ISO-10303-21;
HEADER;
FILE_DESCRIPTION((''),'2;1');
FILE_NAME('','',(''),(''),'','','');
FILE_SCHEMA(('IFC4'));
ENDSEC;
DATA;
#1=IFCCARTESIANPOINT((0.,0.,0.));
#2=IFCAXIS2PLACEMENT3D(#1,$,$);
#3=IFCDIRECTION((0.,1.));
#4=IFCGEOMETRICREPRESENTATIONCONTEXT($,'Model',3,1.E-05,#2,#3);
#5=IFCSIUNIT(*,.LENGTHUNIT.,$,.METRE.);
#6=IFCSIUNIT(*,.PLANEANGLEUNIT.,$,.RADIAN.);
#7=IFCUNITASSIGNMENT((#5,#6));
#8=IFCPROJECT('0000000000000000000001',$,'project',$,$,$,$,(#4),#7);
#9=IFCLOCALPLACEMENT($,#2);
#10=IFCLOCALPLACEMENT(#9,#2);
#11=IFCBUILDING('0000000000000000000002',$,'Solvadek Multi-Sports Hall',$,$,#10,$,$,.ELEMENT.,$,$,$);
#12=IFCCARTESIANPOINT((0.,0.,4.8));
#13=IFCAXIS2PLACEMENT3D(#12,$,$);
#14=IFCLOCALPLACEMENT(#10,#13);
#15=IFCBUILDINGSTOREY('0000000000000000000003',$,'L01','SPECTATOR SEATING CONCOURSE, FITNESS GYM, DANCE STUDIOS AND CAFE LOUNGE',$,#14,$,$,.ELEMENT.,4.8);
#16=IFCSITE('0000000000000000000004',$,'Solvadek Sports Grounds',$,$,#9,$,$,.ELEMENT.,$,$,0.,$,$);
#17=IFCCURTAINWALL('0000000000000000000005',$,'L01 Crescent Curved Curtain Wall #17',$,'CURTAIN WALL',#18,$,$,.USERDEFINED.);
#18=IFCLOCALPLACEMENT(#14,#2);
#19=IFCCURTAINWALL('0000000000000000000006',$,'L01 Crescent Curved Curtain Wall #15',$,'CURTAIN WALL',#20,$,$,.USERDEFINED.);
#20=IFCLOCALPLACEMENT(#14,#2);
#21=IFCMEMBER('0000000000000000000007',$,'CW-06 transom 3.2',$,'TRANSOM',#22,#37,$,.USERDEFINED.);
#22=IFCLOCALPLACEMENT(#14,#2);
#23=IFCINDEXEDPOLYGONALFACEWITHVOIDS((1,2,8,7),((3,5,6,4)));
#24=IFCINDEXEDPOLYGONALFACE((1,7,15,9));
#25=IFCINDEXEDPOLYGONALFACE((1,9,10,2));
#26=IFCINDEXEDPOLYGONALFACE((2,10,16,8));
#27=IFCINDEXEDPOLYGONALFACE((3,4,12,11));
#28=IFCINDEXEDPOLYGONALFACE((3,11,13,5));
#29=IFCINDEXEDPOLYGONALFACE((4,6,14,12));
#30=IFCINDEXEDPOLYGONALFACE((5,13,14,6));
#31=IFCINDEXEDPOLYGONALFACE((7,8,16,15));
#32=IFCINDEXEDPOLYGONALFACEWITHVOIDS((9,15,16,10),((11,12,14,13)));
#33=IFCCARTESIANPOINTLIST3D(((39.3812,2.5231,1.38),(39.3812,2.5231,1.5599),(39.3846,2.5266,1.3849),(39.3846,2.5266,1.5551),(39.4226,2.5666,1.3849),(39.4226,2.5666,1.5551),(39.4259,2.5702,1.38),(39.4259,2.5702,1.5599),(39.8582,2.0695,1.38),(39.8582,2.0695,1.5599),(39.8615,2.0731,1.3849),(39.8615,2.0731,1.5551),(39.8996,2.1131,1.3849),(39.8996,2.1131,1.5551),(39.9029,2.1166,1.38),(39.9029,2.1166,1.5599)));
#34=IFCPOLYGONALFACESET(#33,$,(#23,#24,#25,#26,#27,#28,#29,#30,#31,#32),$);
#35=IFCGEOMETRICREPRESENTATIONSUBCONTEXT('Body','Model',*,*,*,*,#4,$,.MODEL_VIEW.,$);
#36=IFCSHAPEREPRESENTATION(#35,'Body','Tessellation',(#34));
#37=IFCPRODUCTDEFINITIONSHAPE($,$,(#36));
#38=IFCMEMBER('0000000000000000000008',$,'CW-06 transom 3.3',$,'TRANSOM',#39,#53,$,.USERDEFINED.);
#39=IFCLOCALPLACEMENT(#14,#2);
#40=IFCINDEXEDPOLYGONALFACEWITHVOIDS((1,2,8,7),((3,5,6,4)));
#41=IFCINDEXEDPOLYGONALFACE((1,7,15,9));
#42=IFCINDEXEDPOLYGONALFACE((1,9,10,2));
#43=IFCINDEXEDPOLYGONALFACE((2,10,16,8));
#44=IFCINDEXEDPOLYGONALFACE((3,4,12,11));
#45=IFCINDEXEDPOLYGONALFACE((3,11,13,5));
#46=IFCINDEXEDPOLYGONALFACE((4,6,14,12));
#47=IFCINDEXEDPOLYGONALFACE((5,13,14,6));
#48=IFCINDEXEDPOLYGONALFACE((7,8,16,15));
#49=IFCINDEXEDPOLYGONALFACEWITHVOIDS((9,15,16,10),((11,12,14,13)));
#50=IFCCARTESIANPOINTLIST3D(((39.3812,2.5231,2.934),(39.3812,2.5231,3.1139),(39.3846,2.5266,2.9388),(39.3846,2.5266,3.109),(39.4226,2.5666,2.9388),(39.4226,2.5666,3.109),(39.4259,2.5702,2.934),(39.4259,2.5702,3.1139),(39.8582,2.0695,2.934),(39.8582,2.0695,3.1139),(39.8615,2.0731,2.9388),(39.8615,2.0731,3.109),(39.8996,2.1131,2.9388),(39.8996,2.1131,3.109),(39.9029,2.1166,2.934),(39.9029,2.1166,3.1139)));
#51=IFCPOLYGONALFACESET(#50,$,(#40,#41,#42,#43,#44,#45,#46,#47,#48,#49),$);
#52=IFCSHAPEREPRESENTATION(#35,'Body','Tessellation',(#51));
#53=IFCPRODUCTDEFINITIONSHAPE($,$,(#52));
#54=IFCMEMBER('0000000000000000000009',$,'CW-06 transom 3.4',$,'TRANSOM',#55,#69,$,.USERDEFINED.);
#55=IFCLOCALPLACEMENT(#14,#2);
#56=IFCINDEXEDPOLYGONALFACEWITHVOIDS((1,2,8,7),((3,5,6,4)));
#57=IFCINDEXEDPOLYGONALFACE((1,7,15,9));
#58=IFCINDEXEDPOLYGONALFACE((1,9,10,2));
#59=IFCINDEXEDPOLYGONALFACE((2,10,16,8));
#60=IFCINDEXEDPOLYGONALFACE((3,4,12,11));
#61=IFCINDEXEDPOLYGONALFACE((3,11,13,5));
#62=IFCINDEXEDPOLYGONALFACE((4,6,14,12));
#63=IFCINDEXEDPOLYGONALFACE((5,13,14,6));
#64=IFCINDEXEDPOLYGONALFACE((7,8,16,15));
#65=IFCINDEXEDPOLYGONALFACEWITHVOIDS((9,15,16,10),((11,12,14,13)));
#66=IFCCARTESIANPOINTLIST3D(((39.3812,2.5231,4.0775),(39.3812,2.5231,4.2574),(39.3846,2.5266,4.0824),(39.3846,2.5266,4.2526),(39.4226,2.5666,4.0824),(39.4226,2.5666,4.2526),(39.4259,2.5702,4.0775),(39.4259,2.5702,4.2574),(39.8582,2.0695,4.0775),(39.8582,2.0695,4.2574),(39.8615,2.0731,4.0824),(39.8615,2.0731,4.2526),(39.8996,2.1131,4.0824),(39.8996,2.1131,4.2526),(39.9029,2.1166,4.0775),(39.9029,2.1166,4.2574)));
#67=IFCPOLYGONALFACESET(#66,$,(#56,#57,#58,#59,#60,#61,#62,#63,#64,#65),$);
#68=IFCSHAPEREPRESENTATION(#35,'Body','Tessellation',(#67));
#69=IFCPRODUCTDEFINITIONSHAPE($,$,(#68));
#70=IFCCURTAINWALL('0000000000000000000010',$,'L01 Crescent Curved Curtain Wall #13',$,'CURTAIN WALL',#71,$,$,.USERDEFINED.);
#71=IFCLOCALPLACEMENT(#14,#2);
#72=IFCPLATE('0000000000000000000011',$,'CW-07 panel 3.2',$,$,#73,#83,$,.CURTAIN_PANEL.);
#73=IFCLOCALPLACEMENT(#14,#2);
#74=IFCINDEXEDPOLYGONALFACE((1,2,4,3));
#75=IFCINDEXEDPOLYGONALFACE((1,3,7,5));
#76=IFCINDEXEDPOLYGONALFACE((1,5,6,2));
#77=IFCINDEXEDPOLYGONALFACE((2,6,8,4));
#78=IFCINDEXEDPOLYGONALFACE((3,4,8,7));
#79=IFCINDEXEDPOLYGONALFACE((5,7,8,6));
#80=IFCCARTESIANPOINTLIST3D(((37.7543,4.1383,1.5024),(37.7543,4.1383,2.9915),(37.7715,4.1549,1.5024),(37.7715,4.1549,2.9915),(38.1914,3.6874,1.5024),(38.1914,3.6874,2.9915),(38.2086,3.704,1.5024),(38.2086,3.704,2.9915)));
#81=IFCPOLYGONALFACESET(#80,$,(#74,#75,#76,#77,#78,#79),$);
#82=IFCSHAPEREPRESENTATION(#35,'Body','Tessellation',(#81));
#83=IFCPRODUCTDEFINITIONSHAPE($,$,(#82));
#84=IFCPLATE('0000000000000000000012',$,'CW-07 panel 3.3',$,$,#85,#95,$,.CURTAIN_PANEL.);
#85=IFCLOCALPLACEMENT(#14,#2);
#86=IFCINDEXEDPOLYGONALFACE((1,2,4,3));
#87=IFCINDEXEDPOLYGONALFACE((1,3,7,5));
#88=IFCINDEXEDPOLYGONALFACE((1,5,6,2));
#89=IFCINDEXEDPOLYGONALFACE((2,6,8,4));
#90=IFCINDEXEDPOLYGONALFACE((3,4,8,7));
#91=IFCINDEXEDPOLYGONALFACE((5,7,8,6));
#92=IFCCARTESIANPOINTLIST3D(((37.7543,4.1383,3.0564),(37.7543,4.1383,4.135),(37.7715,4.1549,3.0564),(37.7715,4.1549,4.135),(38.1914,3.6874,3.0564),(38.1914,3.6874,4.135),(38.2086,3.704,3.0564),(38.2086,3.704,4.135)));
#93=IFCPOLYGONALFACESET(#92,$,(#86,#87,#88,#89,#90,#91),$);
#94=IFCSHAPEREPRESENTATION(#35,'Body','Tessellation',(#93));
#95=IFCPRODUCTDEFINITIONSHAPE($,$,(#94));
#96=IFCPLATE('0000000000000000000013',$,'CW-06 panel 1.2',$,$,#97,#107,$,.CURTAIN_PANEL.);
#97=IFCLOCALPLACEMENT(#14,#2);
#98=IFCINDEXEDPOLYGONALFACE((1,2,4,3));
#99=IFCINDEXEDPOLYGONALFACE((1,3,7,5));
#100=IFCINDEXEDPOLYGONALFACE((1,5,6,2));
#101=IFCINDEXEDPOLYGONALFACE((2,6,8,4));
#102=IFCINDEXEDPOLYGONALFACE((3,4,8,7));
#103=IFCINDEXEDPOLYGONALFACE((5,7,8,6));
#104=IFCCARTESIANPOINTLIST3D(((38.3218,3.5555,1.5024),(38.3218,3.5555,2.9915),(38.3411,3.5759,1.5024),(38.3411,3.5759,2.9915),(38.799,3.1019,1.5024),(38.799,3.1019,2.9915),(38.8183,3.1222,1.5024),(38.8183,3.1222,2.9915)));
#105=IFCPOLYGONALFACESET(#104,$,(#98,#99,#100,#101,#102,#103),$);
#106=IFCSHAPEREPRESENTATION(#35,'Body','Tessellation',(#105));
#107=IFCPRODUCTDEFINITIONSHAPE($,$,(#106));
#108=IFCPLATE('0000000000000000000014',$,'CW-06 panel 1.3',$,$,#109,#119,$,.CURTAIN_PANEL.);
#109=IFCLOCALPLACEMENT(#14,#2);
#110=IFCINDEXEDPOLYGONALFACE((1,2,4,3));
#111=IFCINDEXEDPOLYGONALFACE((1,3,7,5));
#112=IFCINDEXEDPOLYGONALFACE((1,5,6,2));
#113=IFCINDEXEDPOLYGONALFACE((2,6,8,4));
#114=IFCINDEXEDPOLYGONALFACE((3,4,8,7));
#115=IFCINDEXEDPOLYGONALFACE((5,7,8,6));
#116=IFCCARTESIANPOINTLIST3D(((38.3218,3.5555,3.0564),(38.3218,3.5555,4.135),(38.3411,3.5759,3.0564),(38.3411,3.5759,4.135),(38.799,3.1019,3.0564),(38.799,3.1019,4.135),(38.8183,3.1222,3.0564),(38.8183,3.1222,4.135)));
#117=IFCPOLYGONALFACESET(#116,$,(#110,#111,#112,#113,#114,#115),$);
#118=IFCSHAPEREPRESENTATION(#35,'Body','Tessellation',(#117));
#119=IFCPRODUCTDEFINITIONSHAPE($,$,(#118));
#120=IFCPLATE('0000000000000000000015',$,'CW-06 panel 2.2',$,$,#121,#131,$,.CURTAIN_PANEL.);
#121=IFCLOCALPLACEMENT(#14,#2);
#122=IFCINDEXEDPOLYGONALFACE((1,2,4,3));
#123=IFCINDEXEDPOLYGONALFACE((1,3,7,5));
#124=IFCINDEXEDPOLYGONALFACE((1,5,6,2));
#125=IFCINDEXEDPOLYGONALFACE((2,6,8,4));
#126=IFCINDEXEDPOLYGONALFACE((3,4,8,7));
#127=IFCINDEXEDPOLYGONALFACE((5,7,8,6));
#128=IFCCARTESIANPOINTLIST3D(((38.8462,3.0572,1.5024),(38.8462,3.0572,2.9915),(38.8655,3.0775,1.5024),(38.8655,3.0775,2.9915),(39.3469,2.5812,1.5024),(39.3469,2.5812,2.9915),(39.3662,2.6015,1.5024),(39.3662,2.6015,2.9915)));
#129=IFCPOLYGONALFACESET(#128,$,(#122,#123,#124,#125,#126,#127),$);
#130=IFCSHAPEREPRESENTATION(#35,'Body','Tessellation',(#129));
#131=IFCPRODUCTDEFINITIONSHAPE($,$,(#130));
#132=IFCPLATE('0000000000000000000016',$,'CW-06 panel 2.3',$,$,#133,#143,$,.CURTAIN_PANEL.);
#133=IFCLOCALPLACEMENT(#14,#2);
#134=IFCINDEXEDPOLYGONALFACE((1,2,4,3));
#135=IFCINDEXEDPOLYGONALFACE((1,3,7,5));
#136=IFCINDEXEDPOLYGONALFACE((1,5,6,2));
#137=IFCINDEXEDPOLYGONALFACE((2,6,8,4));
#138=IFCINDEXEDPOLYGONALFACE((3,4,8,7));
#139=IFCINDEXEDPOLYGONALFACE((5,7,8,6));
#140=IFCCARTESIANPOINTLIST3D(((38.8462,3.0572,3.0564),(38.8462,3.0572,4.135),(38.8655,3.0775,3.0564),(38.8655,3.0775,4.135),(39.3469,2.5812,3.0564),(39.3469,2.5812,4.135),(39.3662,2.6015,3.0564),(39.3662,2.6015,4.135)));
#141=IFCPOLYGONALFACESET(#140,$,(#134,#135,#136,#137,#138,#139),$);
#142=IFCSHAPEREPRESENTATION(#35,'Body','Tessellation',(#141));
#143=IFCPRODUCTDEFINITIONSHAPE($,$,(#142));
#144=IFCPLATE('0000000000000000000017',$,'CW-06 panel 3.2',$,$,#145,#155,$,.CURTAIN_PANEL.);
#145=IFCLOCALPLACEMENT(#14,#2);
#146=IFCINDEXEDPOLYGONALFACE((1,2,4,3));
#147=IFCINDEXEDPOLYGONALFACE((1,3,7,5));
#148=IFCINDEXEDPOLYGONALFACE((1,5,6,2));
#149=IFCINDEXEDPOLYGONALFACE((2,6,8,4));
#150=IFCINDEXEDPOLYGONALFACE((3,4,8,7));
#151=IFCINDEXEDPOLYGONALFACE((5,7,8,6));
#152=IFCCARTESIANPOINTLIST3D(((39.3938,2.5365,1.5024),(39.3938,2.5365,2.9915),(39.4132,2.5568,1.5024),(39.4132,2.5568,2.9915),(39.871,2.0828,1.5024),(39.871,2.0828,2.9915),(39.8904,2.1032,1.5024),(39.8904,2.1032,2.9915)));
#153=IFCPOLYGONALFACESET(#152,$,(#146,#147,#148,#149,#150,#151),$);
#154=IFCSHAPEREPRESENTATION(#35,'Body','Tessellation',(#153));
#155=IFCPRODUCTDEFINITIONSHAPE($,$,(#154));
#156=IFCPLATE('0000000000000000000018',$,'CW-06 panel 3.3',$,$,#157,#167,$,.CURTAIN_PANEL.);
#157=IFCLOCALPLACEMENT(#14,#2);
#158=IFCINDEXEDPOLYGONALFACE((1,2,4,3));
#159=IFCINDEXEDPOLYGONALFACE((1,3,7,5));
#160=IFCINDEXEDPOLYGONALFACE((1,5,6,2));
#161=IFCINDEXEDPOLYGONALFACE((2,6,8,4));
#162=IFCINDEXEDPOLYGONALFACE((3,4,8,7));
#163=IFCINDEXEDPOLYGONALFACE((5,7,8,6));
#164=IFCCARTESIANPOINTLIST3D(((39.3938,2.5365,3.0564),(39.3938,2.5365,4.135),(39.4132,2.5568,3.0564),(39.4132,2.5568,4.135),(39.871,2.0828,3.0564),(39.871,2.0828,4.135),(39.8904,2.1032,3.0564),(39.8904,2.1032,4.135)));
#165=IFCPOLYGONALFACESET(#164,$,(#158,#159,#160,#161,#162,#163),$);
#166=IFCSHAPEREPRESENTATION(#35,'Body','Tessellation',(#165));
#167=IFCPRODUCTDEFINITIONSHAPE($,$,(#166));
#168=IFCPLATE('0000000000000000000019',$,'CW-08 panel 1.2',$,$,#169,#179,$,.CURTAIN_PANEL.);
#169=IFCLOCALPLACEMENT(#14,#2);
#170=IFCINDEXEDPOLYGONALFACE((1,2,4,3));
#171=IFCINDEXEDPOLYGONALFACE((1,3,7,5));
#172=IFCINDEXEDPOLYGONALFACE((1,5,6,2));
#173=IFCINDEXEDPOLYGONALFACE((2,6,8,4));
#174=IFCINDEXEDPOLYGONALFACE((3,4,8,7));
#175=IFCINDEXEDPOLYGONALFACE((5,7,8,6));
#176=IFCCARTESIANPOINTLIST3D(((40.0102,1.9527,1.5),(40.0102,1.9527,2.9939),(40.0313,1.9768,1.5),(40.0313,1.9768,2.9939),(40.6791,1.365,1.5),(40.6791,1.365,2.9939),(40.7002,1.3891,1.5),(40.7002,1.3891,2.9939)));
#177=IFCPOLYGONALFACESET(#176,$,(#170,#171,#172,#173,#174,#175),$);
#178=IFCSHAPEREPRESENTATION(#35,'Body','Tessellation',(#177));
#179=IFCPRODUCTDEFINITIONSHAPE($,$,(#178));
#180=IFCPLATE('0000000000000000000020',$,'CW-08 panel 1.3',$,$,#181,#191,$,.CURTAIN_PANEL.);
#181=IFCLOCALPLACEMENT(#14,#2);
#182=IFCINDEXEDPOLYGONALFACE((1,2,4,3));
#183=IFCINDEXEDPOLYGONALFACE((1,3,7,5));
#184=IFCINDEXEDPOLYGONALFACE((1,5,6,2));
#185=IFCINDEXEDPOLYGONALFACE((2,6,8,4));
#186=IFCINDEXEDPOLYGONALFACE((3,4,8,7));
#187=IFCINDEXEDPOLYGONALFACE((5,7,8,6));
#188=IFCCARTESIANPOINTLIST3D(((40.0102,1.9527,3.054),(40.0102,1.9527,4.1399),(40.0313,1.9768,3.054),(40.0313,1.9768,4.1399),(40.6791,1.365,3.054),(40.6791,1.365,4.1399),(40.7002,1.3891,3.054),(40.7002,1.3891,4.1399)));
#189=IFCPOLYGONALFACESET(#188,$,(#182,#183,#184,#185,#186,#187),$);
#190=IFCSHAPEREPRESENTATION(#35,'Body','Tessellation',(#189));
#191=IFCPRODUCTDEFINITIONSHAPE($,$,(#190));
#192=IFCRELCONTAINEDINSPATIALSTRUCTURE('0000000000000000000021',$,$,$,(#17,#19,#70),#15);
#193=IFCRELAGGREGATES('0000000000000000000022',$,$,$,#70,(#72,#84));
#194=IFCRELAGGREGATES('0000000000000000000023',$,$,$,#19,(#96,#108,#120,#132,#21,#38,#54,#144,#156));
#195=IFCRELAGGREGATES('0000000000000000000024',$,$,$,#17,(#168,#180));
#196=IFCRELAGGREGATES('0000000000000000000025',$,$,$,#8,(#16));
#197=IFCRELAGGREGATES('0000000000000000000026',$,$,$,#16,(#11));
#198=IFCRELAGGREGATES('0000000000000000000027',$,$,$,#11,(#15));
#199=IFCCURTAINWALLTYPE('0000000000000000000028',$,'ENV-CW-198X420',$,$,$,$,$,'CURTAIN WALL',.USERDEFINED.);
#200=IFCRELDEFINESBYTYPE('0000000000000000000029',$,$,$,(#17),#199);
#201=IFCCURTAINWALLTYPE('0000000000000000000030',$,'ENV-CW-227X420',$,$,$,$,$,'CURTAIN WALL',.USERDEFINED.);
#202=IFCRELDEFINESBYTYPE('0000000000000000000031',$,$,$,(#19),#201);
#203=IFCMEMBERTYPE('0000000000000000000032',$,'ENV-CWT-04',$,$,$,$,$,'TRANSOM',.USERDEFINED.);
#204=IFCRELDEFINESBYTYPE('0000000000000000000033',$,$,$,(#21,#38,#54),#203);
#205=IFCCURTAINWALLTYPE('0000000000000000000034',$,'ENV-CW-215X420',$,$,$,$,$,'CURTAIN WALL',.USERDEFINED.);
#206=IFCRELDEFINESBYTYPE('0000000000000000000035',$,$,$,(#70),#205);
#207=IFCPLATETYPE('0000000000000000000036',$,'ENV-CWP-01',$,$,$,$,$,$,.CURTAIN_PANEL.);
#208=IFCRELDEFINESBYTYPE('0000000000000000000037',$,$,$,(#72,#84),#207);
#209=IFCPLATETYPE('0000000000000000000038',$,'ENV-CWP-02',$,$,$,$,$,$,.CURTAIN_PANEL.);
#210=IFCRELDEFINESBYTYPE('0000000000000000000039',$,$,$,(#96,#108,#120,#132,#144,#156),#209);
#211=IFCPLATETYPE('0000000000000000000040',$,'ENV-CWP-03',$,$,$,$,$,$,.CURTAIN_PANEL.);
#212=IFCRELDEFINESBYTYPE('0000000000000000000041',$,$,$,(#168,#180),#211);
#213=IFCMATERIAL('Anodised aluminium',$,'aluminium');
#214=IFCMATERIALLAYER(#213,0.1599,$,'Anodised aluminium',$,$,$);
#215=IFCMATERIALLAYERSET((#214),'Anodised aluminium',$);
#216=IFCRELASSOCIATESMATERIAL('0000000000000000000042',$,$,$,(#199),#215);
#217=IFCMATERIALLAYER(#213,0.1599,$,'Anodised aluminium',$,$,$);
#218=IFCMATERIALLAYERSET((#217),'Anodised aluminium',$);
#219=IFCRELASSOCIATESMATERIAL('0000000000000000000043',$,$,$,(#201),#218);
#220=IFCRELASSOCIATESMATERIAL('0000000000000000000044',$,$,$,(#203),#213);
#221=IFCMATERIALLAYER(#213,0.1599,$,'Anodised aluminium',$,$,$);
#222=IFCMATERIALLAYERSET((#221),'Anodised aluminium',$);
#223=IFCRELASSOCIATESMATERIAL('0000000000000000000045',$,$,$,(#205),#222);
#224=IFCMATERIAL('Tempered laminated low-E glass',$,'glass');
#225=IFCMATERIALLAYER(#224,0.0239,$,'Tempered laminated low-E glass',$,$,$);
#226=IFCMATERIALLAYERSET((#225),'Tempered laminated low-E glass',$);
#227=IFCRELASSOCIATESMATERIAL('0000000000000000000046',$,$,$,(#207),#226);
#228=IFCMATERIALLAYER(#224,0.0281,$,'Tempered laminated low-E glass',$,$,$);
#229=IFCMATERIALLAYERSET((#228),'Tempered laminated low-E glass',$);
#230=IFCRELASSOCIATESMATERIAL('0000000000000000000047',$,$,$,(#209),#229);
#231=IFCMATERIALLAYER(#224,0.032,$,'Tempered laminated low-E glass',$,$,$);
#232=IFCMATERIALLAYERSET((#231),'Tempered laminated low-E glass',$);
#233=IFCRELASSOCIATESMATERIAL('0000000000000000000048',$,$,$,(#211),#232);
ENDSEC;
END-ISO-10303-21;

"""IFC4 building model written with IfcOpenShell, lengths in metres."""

from ifc_helpers import new_model, si_unit, direction, frame, origin, origin_2d, place, context, subcontext, project, spatial, rectangle, hollow_rectangle, extrude, material, layer, layer_set, material_profile, profile_set, type_object, element, aggregate, save


model = new_model("IFC4")

# Units and contexts
model_context = context("Model", 3, precision=1e-05, world=origin(), true_north=direction((0.0, 1.0)))
body_context = subcontext(model_context, "Body", "Model", "MODEL_VIEW")
ifc_project = project(units=[si_unit("LENGTHUNIT", "METRE"), si_unit("PLANEANGLEUNIT", "RADIAN")], contexts=[model_context])

# Site, building, storey
site_placement = place(None, origin())
site = spatial("IfcSite", under=ifc_project, at=site_placement, Name="Solvadek Sports Grounds", CompositionType="ELEMENT", RefElevation=0.0)
building_placement = place(site_placement, origin())
building = spatial("IfcBuilding", under=site, at=building_placement, Name="Solvadek Multi-Sports Hall", CompositionType="ELEMENT")
storey_placement = place(building_placement, frame((0.0, 0.0, 4.8)))
storey = spatial("IfcBuildingStorey", under=building, at=storey_placement, Name="L01", Description="SPECTATOR SEATING CONCOURSE, FITNESS GYM, DANCE STUDIOS AND CAFE LOUNGE", CompositionType="ELEMENT", Elevation=4.8)

# Curtain walls, members
ifc_material_1 = material(Name="Anodised aluminium", Category="aluminium")
ifc_layer_1 = layer(ifc_material_1, 0.1599, Name="Anodised aluminium")
ifc_layer_set_1 = layer_set([ifc_layer_1], Name="Anodised aluminium")
curtain_wall_type_1 = type_object("IfcCurtainWallType", Name="ENV-CW-198X420", ElementType="CURTAIN WALL", PredefinedType="USERDEFINED", material=ifc_layer_set_1)
curtain_wall_1_placement = place(storey_placement, origin())
curtain_wall_1 = element("IfcCurtainWall", 1, at=curtain_wall_1_placement, inside=storey, type_object=curtain_wall_type_1, Name="L01 Crescent Curved Curtain Wall #17", ObjectType="CURTAIN WALL", PredefinedType="USERDEFINED")
ifc_layer_2 = layer(ifc_material_1, 0.1599, Name="Anodised aluminium")
ifc_layer_set_2 = layer_set([ifc_layer_2], Name="Anodised aluminium")
curtain_wall_type_2 = type_object("IfcCurtainWallType", Name="ENV-CW-227X420", ElementType="CURTAIN WALL", PredefinedType="USERDEFINED", material=ifc_layer_set_2)
curtain_wall_2_placement = place(storey_placement, origin())
curtain_wall_2 = element("IfcCurtainWall", 2, at=curtain_wall_2_placement, inside=storey, type_object=curtain_wall_type_2, Name="L01 Crescent Curved Curtain Wall #15", ObjectType="CURTAIN WALL", PredefinedType="USERDEFINED")
ifc_material_profile_1 = material_profile(ifc_material_1, hollow_rectangle(XDim=0.0649, YDim=0.1799, WallThickness=0.0049, at=origin_2d()), Name="ALU-T 180x65x5")
ifc_profile_set_1 = profile_set([ifc_material_profile_1], Name="Anodised aluminium")
member_type_1 = type_object("IfcMemberType", Name="ENV-CWT-04", ElementType="TRANSOM", PredefinedType="USERDEFINED", material=ifc_profile_set_1)
member_1_placement = place(storey_placement, frame((39.4036, 2.5466, 1.47), z_axis=(0.724685, -0.689081, 0.0), x_axis=(0.689081, 0.724685, 0.0)))
member_1 = element("IfcMember", 3, at=member_1_placement, type_object=member_type_1, Name="CW-06 transom 3.2", ObjectType="TRANSOM", PredefinedType="USERDEFINED", context=body_context, shape_type="SweptSolid", body=[
    extrude(hollow_rectangle(XDim=0.0649, YDim=0.1799, WallThickness=0.0049, at=origin_2d()), origin(), (0.0, 0.0, 1.0), 0.6582),
])
member_2_placement = place(storey_placement, frame((39.4036, 2.5466, 3.0239), z_axis=(0.724685, -0.689081, 0.0), x_axis=(0.689081, 0.724685, 0.0)))
member_2 = element("IfcMember", 4, at=member_2_placement, type_object=member_type_1, Name="CW-06 transom 3.3", ObjectType="TRANSOM", PredefinedType="USERDEFINED", context=body_context, shape_type="SweptSolid", body=[
    extrude(hollow_rectangle(XDim=0.0649, YDim=0.1799, WallThickness=0.0049, at=origin_2d()), origin(), (0.0, 0.0, 1.0), 0.6582),
])
member_3_placement = place(storey_placement, frame((39.4036, 2.5466, 4.1675), z_axis=(0.724685, -0.689081, 0.0), x_axis=(0.689081, 0.724685, 0.0)))
member_3 = element("IfcMember", 5, at=member_3_placement, type_object=member_type_1, Name="CW-06 transom 3.4", ObjectType="TRANSOM", PredefinedType="USERDEFINED", context=body_context, shape_type="SweptSolid", body=[
    extrude(hollow_rectangle(XDim=0.0649, YDim=0.1799, WallThickness=0.0049, at=origin_2d()), origin(), (0.0, 0.0, 1.0), 0.6582),
])

# Curtain wall, plates
ifc_layer_3 = layer(ifc_material_1, 0.1599, Name="Anodised aluminium")
ifc_layer_set_3 = layer_set([ifc_layer_3], Name="Anodised aluminium")
curtain_wall_type_3 = type_object("IfcCurtainWallType", Name="ENV-CW-215X420", ElementType="CURTAIN WALL", PredefinedType="USERDEFINED", material=ifc_layer_set_3)
curtain_wall_3_placement = place(storey_placement, origin())
curtain_wall_3 = element("IfcCurtainWall", 6, at=curtain_wall_3_placement, inside=storey, type_object=curtain_wall_type_3, Name="L01 Crescent Curved Curtain Wall #13", ObjectType="CURTAIN WALL", PredefinedType="USERDEFINED")
ifc_material_2 = material(Name="Tempered laminated low-E glass", Category="glass")
ifc_layer_4 = layer(ifc_material_2, 0.0239, Name="Tempered laminated low-E glass")
ifc_layer_set_4 = layer_set([ifc_layer_4], Name="Tempered laminated low-E glass")
plate_type_1 = type_object("IfcPlateType", Name="ENV-CWP-01", PredefinedType="CURTAIN_PANEL", material=ifc_layer_set_4)
plate_1_placement = place(storey_placement, frame((37.9814, 3.9211, 1.5024), z_axis=(0.0, 0.0, 1.0), x_axis=(0.695994, -0.718048, 0.0)))
plate_1 = element("IfcPlate", 7, at=plate_1_placement, type_object=plate_type_1, Name="CW-07 panel 3.2", PredefinedType="CURTAIN_PANEL", context=body_context, shape_type="SweptSolid", body=[
    extrude(rectangle(XDim=0.6279, YDim=0.0239, at=origin_2d()), origin(), (0.0, 0.0, 1.0), 1.489),
])
plate_2_placement = place(storey_placement, frame((37.9814, 3.9211, 3.0564), z_axis=(0.0, 0.0, 1.0), x_axis=(0.695994, -0.718048, 0.0)))
plate_2 = element("IfcPlate", 8, at=plate_2_placement, type_object=plate_type_1, Name="CW-07 panel 3.3", PredefinedType="CURTAIN_PANEL", context=body_context, shape_type="SweptSolid", body=[
    extrude(rectangle(XDim=0.6279, YDim=0.0239, at=origin_2d()), origin(), (0.0, 0.0, 1.0), 1.0786),
])
aggregate(curtain_wall_3, [plate_1, plate_2])

# Plates
ifc_layer_5 = layer(ifc_material_2, 0.0281, Name="Tempered laminated low-E glass")
ifc_layer_set_5 = layer_set([ifc_layer_5], Name="Tempered laminated low-E glass")
plate_type_2 = type_object("IfcPlateType", Name="ENV-CWP-02", PredefinedType="CURTAIN_PANEL", material=ifc_layer_set_5)
plate_3_placement = place(storey_placement, frame((38.5701, 3.3389, 1.5024), z_axis=(0.0, 0.0, 1.0), x_axis=(0.724764, -0.688997, 0.0)))
plate_3 = element("IfcPlate", 9, at=plate_3_placement, type_object=plate_type_2, Name="CW-06 panel 1.2", PredefinedType="CURTAIN_PANEL", context=body_context, shape_type="SweptSolid", body=[
    extrude(rectangle(XDim=0.6584, YDim=0.0281, at=origin_2d()), origin(), (0.0, 0.0, 1.0), 1.489),
])
plate_4_placement = place(storey_placement, frame((38.5701, 3.3389, 3.0564), z_axis=(0.0, 0.0, 1.0), x_axis=(0.724764, -0.688997, 0.0)))
plate_4 = element("IfcPlate", 10, at=plate_4_placement, type_object=plate_type_2, Name="CW-06 panel 1.3", PredefinedType="CURTAIN_PANEL", context=body_context, shape_type="SweptSolid", body=[
    extrude(rectangle(XDim=0.6584, YDim=0.0281, at=origin_2d()), origin(), (0.0, 0.0, 1.0), 1.0786),
])
plate_5_placement = place(storey_placement, frame((39.1062, 2.8293, 1.5024), z_axis=(0.0, 0.0, 1.0), x_axis=(0.724764, -0.688997, 0.0)))
plate_5 = element("IfcPlate", 11, at=plate_5_placement, type_object=plate_type_2, Name="CW-06 panel 2.2", PredefinedType="CURTAIN_PANEL", context=body_context, shape_type="SweptSolid", body=[
    extrude(rectangle(XDim=0.6909, YDim=0.0281, at=origin_2d()), origin(), (0.0, 0.0, 1.0), 1.489),
])
plate_6_placement = place(storey_placement, frame((39.1062, 2.8293, 3.0564), z_axis=(0.0, 0.0, 1.0), x_axis=(0.724764, -0.688997, 0.0)))
plate_6 = element("IfcPlate", 12, at=plate_6_placement, type_object=plate_type_2, Name="CW-06 panel 2.3", PredefinedType="CURTAIN_PANEL", context=body_context, shape_type="SweptSolid", body=[
    extrude(rectangle(XDim=0.6909, YDim=0.0281, at=origin_2d()), origin(), (0.0, 0.0, 1.0), 1.0786),
])
plate_7_placement = place(storey_placement, frame((39.6421, 2.3198, 1.5024), z_axis=(0.0, 0.0, 1.0), x_axis=(0.724764, -0.688997, 0.0)))
plate_7 = element("IfcPlate", 13, at=plate_7_placement, type_object=plate_type_2, Name="CW-06 panel 3.2", PredefinedType="CURTAIN_PANEL", context=body_context, shape_type="SweptSolid", body=[
    extrude(rectangle(XDim=0.6584, YDim=0.0281, at=origin_2d()), origin(), (0.0, 0.0, 1.0), 1.489),
])
plate_8_placement = place(storey_placement, frame((39.6421, 2.3198, 3.0564), z_axis=(0.0, 0.0, 1.0), x_axis=(0.724764, -0.688997, 0.0)))
plate_8 = element("IfcPlate", 14, at=plate_8_placement, type_object=plate_type_2, Name="CW-06 panel 3.3", PredefinedType="CURTAIN_PANEL", context=body_context, shape_type="SweptSolid", body=[
    extrude(rectangle(XDim=0.6584, YDim=0.0281, at=origin_2d()), origin(), (0.0, 0.0, 1.0), 1.0786),
])
aggregate(curtain_wall_2, [plate_3, plate_4, plate_5, plate_6, member_1, member_2, member_3, plate_7, plate_8])
ifc_layer_6 = layer(ifc_material_2, 0.032, Name="Tempered laminated low-E glass")
ifc_layer_set_6 = layer_set([ifc_layer_6], Name="Tempered laminated low-E glass")
plate_type_3 = type_object("IfcPlateType", Name="ENV-CWP-03", PredefinedType="CURTAIN_PANEL", material=ifc_layer_set_6)
plate_9_placement = place(storey_placement, frame((40.3552, 1.6709, 1.5), z_axis=(0.0, 0.0, 1.0), x_axis=(0.751217, -0.660055, 0.0)))
plate_9 = element("IfcPlate", 15, at=plate_9_placement, type_object=plate_type_3, Name="CW-08 panel 1.2", PredefinedType="CURTAIN_PANEL", context=body_context, shape_type="SweptSolid", body=[
    extrude(rectangle(XDim=0.8904, YDim=0.032, at=origin_2d()), origin(), (0.0, 0.0, 1.0), 1.4939),
])
plate_10_placement = place(storey_placement, frame((40.3552, 1.6709, 3.054), z_axis=(0.0, 0.0, 1.0), x_axis=(0.751217, -0.660055, 0.0)))
plate_10 = element("IfcPlate", 16, at=plate_10_placement, type_object=plate_type_3, Name="CW-08 panel 1.3", PredefinedType="CURTAIN_PANEL", context=body_context, shape_type="SweptSolid", body=[
    extrude(rectangle(XDim=0.8904, YDim=0.032, at=origin_2d()), origin(), (0.0, 0.0, 1.0), 1.0859),
])
aggregate(curtain_wall_1, [plate_9, plate_10])

save(model, "model.ifc")
